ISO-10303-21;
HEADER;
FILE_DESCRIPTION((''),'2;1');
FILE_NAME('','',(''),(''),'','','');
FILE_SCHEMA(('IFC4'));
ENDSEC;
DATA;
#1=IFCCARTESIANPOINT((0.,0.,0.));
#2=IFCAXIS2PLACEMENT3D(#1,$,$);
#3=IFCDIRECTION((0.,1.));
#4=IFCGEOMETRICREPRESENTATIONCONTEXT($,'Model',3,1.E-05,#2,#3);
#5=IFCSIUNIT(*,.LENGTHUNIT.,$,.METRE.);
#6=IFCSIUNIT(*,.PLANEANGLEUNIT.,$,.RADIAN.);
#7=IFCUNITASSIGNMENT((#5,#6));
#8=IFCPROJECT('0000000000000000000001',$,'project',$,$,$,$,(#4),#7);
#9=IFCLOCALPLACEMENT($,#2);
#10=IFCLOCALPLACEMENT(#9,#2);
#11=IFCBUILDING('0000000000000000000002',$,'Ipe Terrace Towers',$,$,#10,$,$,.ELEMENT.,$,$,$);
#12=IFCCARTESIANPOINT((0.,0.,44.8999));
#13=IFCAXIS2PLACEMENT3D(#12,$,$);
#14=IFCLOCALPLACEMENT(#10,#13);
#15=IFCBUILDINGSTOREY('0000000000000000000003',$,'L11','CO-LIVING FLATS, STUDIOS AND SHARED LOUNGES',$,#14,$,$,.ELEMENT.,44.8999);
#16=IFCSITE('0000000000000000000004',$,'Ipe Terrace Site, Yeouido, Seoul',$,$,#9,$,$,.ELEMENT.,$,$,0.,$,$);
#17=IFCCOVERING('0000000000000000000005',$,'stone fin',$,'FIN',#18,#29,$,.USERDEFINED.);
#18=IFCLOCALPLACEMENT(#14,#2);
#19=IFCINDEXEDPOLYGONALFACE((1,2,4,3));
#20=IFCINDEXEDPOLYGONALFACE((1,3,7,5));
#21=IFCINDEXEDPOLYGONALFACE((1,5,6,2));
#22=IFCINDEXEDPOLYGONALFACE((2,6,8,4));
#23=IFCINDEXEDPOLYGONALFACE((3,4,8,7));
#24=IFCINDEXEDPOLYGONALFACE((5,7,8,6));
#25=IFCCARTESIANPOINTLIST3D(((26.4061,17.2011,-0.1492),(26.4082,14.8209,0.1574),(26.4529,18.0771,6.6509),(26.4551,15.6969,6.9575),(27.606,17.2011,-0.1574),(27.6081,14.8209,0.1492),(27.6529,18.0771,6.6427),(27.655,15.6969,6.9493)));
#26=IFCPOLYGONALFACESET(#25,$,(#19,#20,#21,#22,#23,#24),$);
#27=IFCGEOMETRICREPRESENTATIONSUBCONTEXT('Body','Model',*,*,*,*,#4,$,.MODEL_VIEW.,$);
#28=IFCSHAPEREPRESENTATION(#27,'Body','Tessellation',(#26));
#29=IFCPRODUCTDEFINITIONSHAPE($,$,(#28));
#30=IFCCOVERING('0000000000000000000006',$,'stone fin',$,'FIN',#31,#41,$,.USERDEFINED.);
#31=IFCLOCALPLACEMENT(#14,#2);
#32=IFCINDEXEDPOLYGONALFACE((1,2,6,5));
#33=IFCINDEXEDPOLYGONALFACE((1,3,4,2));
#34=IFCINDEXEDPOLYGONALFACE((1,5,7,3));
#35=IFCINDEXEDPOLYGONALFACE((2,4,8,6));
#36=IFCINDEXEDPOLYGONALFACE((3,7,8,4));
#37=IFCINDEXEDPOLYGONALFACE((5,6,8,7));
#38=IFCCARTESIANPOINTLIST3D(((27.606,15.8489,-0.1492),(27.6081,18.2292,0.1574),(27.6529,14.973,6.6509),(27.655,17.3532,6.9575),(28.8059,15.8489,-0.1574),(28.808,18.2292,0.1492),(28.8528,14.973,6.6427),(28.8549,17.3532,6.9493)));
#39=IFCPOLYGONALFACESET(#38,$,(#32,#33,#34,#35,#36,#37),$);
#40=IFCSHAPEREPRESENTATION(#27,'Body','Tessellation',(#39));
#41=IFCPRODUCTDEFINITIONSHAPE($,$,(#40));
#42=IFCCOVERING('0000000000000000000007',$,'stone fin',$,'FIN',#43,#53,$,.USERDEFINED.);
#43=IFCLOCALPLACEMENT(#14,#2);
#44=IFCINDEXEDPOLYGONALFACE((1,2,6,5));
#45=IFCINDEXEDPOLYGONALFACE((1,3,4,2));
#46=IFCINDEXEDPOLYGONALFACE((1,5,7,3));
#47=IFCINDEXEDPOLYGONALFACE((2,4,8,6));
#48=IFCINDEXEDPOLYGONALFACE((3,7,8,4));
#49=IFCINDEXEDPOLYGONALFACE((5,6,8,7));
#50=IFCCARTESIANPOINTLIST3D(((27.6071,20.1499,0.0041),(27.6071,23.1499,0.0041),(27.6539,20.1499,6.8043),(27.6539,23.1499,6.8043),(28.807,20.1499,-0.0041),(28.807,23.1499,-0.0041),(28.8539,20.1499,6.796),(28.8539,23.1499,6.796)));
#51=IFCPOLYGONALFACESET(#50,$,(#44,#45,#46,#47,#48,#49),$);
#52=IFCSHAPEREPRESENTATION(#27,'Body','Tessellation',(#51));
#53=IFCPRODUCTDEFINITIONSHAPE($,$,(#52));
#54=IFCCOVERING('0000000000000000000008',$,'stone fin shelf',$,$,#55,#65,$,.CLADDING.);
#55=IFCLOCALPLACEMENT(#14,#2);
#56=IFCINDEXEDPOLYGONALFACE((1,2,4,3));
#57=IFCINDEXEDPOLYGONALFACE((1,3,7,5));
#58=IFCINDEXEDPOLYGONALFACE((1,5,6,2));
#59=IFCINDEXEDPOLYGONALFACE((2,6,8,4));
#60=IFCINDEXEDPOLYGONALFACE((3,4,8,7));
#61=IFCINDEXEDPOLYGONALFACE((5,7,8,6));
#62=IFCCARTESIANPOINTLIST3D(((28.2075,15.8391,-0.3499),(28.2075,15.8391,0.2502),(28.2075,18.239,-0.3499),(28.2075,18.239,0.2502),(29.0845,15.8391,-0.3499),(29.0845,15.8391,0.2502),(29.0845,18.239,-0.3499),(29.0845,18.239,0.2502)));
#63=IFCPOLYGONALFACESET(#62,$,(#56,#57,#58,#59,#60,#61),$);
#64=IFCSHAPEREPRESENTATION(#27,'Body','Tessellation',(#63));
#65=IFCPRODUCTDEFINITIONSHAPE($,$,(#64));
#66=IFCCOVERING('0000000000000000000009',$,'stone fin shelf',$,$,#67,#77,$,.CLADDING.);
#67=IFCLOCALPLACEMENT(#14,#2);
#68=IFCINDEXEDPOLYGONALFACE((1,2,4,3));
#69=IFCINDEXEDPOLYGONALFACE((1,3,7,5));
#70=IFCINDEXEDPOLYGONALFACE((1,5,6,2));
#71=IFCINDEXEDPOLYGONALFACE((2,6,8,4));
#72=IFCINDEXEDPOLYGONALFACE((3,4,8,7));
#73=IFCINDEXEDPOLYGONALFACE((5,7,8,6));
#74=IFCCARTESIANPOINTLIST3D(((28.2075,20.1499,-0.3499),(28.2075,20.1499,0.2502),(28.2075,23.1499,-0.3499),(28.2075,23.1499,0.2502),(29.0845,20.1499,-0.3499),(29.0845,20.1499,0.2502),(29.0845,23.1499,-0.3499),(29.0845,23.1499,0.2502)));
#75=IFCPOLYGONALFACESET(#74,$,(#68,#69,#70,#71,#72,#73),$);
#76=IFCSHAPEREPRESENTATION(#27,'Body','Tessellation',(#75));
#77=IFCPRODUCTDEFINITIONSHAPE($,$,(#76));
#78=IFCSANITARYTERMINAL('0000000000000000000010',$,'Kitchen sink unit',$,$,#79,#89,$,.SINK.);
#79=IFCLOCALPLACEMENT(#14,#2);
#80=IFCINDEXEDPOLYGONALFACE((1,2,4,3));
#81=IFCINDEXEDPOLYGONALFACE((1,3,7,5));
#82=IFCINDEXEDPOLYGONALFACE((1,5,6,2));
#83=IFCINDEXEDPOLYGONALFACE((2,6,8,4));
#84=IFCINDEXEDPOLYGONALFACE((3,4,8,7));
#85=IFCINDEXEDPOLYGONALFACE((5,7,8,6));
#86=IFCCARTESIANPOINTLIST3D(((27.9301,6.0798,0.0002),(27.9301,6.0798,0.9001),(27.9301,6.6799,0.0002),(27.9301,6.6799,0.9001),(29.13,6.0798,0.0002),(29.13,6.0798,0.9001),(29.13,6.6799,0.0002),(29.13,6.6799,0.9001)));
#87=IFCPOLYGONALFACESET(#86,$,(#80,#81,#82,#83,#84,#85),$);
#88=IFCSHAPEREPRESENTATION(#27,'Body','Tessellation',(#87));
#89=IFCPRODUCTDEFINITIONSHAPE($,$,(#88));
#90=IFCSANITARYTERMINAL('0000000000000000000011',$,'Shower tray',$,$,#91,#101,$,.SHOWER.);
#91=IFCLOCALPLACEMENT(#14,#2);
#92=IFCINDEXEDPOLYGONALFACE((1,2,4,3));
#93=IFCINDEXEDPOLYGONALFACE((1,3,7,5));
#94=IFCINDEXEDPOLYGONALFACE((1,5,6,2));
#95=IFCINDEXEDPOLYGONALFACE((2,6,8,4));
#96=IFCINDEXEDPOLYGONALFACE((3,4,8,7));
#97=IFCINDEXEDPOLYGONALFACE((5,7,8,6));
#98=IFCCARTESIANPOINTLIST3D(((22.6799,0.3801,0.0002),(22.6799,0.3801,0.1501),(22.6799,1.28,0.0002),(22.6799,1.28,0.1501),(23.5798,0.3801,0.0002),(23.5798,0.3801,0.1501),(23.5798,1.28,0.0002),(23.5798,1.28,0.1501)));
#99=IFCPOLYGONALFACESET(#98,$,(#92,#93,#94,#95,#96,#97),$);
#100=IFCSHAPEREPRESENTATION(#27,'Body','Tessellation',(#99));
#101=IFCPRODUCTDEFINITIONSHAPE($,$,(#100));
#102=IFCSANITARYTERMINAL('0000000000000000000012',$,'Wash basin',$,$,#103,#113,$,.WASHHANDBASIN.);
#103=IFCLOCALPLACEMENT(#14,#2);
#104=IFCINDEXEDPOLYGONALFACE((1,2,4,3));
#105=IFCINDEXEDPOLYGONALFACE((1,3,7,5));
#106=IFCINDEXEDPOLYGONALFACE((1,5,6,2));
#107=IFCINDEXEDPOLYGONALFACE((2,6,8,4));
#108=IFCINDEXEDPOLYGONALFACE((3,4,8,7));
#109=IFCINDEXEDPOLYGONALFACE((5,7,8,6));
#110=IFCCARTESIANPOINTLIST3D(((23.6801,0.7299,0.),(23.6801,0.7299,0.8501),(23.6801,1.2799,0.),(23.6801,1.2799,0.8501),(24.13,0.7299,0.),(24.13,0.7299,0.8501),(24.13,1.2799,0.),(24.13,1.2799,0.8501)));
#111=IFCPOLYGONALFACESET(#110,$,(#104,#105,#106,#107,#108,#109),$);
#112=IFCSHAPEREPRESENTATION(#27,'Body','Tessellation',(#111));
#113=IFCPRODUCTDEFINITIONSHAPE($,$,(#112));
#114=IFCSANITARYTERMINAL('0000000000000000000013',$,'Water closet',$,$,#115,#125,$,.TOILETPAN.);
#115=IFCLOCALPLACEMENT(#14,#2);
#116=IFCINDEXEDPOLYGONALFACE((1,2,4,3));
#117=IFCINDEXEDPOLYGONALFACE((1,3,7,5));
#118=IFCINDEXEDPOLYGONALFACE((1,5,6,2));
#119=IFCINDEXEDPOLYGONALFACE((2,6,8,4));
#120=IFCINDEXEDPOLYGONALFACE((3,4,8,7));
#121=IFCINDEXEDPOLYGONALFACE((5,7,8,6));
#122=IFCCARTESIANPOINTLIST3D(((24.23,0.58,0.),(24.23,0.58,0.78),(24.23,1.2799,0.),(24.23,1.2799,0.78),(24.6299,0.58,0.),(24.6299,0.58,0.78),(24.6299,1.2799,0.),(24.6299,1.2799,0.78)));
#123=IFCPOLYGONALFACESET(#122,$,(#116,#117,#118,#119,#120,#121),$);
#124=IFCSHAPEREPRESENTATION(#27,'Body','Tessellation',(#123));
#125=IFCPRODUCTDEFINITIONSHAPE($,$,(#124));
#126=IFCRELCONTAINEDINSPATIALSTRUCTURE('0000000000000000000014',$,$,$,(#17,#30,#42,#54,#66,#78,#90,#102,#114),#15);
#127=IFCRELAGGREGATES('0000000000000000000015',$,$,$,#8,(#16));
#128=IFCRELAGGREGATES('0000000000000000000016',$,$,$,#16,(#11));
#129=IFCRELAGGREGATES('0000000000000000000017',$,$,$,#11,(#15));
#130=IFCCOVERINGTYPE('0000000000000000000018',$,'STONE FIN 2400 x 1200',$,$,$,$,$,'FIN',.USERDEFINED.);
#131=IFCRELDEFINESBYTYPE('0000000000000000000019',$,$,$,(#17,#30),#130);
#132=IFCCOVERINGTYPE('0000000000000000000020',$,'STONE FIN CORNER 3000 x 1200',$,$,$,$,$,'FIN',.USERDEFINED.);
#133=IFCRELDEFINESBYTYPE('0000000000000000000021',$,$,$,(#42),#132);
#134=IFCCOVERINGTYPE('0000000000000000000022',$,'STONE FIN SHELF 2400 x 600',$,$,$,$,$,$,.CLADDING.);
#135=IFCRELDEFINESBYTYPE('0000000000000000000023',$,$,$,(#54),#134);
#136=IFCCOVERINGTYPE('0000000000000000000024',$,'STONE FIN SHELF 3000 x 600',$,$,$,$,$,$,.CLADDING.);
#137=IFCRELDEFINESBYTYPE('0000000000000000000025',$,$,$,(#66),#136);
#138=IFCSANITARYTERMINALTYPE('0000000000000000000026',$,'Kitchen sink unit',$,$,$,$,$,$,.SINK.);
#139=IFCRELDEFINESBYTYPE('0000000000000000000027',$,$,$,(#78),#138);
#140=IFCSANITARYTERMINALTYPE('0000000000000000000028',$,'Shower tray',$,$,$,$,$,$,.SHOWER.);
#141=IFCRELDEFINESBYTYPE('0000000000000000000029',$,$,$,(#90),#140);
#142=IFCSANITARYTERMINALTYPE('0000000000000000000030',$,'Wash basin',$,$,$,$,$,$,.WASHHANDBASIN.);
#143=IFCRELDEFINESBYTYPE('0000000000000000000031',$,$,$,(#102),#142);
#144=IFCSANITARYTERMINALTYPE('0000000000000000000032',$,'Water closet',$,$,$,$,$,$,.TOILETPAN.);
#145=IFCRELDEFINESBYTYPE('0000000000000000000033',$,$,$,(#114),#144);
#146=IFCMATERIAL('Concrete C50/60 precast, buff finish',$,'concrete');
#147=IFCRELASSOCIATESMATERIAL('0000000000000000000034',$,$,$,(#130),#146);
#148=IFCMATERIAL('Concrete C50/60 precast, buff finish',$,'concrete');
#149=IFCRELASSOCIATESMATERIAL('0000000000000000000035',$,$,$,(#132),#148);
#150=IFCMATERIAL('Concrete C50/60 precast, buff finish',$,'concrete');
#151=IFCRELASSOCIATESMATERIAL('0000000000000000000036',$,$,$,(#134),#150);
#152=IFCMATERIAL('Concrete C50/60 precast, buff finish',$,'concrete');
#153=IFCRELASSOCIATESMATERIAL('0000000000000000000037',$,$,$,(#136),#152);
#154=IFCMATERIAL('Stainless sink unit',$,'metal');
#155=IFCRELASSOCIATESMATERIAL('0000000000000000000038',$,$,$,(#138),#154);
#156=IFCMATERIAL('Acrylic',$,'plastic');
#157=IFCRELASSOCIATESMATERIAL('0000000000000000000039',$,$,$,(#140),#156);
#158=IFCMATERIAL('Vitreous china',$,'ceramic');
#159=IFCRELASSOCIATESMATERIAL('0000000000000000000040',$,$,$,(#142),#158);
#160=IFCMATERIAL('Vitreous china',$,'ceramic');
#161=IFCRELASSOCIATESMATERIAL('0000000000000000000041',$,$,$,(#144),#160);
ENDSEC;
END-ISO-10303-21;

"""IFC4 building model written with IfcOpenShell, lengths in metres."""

from ifc_helpers import new_model, si_unit, direction, frame, origin, origin_2d, place, context, subcontext, project, spatial, rectangle, extrude, material, material_profile, profile_set, type_object, element, save


model = new_model("IFC4")

# Units and contexts
model_context = context("Model", 3, precision=1e-05, world=origin(), true_north=direction((0.0, 1.0)))
body_context = subcontext(model_context, "Body", "Model", "MODEL_VIEW")
ifc_project = project(units=[si_unit("LENGTHUNIT", "METRE"), si_unit("PLANEANGLEUNIT", "RADIAN")], contexts=[model_context])

# Site, building, storey
site_placement = place(None, origin())
site = spatial("IfcSite", under=ifc_project, at=site_placement, Name="Ipe Terrace Site, Yeouido, Seoul", CompositionType="ELEMENT", RefElevation=0.0)
building_placement = place(site_placement, origin())
building = spatial("IfcBuilding", under=site, at=building_placement, Name="Ipe Terrace Towers", CompositionType="ELEMENT")
storey_placement = place(building_placement, frame((0.0, 0.0, 44.8999)))
storey = spatial("IfcBuildingStorey", under=building, at=storey_placement, Name="L11", Description="CO-LIVING FLATS, STUDIOS AND SHARED LOUNGES", CompositionType="ELEMENT", Elevation=44.8999)

# Coverings
ifc_material_1 = material(Name="Concrete C50/60 precast, buff finish", Category="concrete")
ifc_material_profile_1 = material_profile(ifc_material_1, rectangle(XDim=2.3999, YDim=1.2, at=origin_2d()), Name="STONE FIN 2400 x 1200")
ifc_profile_set_1 = profile_set([ifc_material_profile_1], Name="Concrete C50/60 precast, buff finish")
covering_type_1 = type_object("IfcCoveringType", Name="STONE FIN 2400 x 1200", ElementType="FIN", PredefinedType="USERDEFINED", material=ifc_profile_set_1)
for number, where, z_axis, x_axis, name in (
    (1, (27.0071, 16.011, 0.0), (0.006837, 0.12776, 0.991781), (0.000881, -0.991805, 0.127757), "stone fin"),
    (2, (28.207, 17.0391, 0.0), (0.006837, -0.12776, 0.991781), (-0.000881, -0.991805, -0.127757), "stone fin"),
):
    element("IfcCovering", number, at=place(storey_placement, frame(where, z_axis=z_axis, x_axis=x_axis)), inside=storey, type_object=covering_type_1, Name=name, ObjectType="FIN", PredefinedType="USERDEFINED", context=body_context, shape_type="SweptSolid", body=[
        extrude(rectangle(XDim=2.3999, YDim=1.2, at=origin_2d()), origin(), (0.0, 0.0, 1.0), 6.8564),
    ])
ifc_material_2 = material(Name="Concrete C50/60 precast, buff finish", Category="concrete")
ifc_material_profile_2 = material_profile(ifc_material_2, rectangle(XDim=3.0, YDim=1.2, at=origin_2d()), Name="STONE FIN CORNER 3000 x 1200")
ifc_profile_set_2 = profile_set([ifc_material_profile_2], Name="Concrete C50/60 precast, buff finish")
covering_type_2 = type_object("IfcCoveringType", Name="STONE FIN CORNER 3000 x 1200", ElementType="FIN", PredefinedType="USERDEFINED", material=ifc_profile_set_2)
covering_1_placement = place(storey_placement, frame((28.207, 21.6499, 0.0), z_axis=(0.006893, 0.0, 0.999976), x_axis=(0.0, -1.0, 0.0)))
element("IfcCovering", 3, at=covering_1_placement, inside=storey, type_object=covering_type_2, Name="stone fin", ObjectType="FIN", PredefinedType="USERDEFINED", context=body_context, shape_type="SweptSolid", body=[
    extrude(rectangle(XDim=3.0, YDim=1.2, at=origin_2d()), origin(), (0.0, 0.0, 1.0), 6.8003),
])
ifc_material_3 = material(Name="Concrete C50/60 precast, buff finish", Category="concrete")
covering_type_3 = type_object("IfcCoveringType", Name="STONE FIN SHELF 2400 x 600", PredefinedType="CLADDING", material=ifc_material_3)
covering_2_placement = place(storey_placement, frame((28.646, 17.0391, -0.3499), z_axis=(0.0, 0.0, 1.0), x_axis=(0.0, -1.0, 0.0)))
element("IfcCovering", 4, at=covering_2_placement, inside=storey, type_object=covering_type_3, Name="stone fin shelf", PredefinedType="CLADDING", context=body_context, shape_type="SweptSolid", body=[
    extrude(rectangle(XDim=2.3999, YDim=0.877, at=origin_2d()), origin(), (0.0, 0.0, 1.0), 0.6001),
])
ifc_material_4 = material(Name="Concrete C50/60 precast, buff finish", Category="concrete")
covering_type_4 = type_object("IfcCoveringType", Name="STONE FIN SHELF 3000 x 600", PredefinedType="CLADDING", material=ifc_material_4)
covering_3_placement = place(storey_placement, frame((28.646, 21.6499, -0.3499), z_axis=(0.0, 0.0, 1.0), x_axis=(0.0, -1.0, 0.0)))
element("IfcCovering", 5, at=covering_3_placement, inside=storey, type_object=covering_type_4, Name="stone fin shelf", PredefinedType="CLADDING", context=body_context, shape_type="SweptSolid", body=[
    extrude(rectangle(XDim=3.0, YDim=0.877, at=origin_2d()), origin(), (0.0, 0.0, 1.0), 0.6001),
])

# Sanitary terminals
ifc_material_5 = material(Name="Stainless sink unit", Category="metal")
sanitary_terminal_type_1 = type_object("IfcSanitaryTerminalType", Name="Kitchen sink unit", PredefinedType="SINK", material=ifc_material_5)
sanitary_terminal_1_placement = place(storey_placement, frame((28.53, 6.3799, 0.0002), z_axis=(0.0, 0.0, 1.0), x_axis=(1.0, 0.0, 0.0)))
element("IfcSanitaryTerminal", 6, at=sanitary_terminal_1_placement, inside=storey, type_object=sanitary_terminal_type_1, Name="Kitchen sink unit", PredefinedType="SINK", context=body_context, shape_type="SweptSolid", body=[
    extrude(rectangle(XDim=1.2, YDim=0.6001, at=origin_2d()), origin(), (0.0, 0.0, 1.0), 0.8999),
])
ifc_material_6 = material(Name="Acrylic", Category="plastic")
sanitary_terminal_type_2 = type_object("IfcSanitaryTerminalType", Name="Shower tray", PredefinedType="SHOWER", material=ifc_material_6)
sanitary_terminal_2_placement = place(storey_placement, frame((23.1299, 0.8301, 0.0002), z_axis=(0.0, 0.0, 1.0), x_axis=(0.0, -1.0, 0.0)))
element("IfcSanitaryTerminal", 7, at=sanitary_terminal_2_placement, inside=storey, type_object=sanitary_terminal_type_2, Name="Shower tray", PredefinedType="SHOWER", context=body_context, shape_type="SweptSolid", body=[
    extrude(rectangle(XDim=0.8999, YDim=0.8999, at=origin_2d()), origin(), (0.0, 0.0, 1.0), 0.1499),
])
ifc_material_7 = material(Name="Vitreous china", Category="ceramic")
sanitary_terminal_type_3 = type_object("IfcSanitaryTerminalType", Name="Wash basin", PredefinedType="WASHHANDBASIN", material=ifc_material_7)
sanitary_terminal_3_placement = place(storey_placement, frame((23.905, 1.0049, 0.0), z_axis=(0.0, 0.0, 1.0), x_axis=(0.0, -1.0, 0.0)))
element("IfcSanitaryTerminal", 8, at=sanitary_terminal_3_placement, inside=storey, type_object=sanitary_terminal_type_3, Name="Wash basin", PredefinedType="WASHHANDBASIN", context=body_context, shape_type="SweptSolid", body=[
    extrude(rectangle(XDim=0.55, YDim=0.45, at=origin_2d()), origin(), (0.0, 0.0, 1.0), 0.8501),
])
ifc_material_8 = material(Name="Vitreous china", Category="ceramic")
sanitary_terminal_type_4 = type_object("IfcSanitaryTerminalType", Name="Water closet", PredefinedType="TOILETPAN", material=ifc_material_8)
sanitary_terminal_4_placement = place(storey_placement, frame((24.4299, 0.9299, 0.0), z_axis=(0.0, 0.0, 1.0), x_axis=(0.0, -1.0, 0.0)))
element("IfcSanitaryTerminal", 9, at=sanitary_terminal_4_placement, inside=storey, type_object=sanitary_terminal_type_4, Name="Water closet", PredefinedType="TOILETPAN", context=body_context, shape_type="SweptSolid", body=[
    extrude(rectangle(XDim=0.7, YDim=0.3999, at=origin_2d()), origin(), (0.0, 0.0, 1.0), 0.78),
])

save(model, "model.ifc")
